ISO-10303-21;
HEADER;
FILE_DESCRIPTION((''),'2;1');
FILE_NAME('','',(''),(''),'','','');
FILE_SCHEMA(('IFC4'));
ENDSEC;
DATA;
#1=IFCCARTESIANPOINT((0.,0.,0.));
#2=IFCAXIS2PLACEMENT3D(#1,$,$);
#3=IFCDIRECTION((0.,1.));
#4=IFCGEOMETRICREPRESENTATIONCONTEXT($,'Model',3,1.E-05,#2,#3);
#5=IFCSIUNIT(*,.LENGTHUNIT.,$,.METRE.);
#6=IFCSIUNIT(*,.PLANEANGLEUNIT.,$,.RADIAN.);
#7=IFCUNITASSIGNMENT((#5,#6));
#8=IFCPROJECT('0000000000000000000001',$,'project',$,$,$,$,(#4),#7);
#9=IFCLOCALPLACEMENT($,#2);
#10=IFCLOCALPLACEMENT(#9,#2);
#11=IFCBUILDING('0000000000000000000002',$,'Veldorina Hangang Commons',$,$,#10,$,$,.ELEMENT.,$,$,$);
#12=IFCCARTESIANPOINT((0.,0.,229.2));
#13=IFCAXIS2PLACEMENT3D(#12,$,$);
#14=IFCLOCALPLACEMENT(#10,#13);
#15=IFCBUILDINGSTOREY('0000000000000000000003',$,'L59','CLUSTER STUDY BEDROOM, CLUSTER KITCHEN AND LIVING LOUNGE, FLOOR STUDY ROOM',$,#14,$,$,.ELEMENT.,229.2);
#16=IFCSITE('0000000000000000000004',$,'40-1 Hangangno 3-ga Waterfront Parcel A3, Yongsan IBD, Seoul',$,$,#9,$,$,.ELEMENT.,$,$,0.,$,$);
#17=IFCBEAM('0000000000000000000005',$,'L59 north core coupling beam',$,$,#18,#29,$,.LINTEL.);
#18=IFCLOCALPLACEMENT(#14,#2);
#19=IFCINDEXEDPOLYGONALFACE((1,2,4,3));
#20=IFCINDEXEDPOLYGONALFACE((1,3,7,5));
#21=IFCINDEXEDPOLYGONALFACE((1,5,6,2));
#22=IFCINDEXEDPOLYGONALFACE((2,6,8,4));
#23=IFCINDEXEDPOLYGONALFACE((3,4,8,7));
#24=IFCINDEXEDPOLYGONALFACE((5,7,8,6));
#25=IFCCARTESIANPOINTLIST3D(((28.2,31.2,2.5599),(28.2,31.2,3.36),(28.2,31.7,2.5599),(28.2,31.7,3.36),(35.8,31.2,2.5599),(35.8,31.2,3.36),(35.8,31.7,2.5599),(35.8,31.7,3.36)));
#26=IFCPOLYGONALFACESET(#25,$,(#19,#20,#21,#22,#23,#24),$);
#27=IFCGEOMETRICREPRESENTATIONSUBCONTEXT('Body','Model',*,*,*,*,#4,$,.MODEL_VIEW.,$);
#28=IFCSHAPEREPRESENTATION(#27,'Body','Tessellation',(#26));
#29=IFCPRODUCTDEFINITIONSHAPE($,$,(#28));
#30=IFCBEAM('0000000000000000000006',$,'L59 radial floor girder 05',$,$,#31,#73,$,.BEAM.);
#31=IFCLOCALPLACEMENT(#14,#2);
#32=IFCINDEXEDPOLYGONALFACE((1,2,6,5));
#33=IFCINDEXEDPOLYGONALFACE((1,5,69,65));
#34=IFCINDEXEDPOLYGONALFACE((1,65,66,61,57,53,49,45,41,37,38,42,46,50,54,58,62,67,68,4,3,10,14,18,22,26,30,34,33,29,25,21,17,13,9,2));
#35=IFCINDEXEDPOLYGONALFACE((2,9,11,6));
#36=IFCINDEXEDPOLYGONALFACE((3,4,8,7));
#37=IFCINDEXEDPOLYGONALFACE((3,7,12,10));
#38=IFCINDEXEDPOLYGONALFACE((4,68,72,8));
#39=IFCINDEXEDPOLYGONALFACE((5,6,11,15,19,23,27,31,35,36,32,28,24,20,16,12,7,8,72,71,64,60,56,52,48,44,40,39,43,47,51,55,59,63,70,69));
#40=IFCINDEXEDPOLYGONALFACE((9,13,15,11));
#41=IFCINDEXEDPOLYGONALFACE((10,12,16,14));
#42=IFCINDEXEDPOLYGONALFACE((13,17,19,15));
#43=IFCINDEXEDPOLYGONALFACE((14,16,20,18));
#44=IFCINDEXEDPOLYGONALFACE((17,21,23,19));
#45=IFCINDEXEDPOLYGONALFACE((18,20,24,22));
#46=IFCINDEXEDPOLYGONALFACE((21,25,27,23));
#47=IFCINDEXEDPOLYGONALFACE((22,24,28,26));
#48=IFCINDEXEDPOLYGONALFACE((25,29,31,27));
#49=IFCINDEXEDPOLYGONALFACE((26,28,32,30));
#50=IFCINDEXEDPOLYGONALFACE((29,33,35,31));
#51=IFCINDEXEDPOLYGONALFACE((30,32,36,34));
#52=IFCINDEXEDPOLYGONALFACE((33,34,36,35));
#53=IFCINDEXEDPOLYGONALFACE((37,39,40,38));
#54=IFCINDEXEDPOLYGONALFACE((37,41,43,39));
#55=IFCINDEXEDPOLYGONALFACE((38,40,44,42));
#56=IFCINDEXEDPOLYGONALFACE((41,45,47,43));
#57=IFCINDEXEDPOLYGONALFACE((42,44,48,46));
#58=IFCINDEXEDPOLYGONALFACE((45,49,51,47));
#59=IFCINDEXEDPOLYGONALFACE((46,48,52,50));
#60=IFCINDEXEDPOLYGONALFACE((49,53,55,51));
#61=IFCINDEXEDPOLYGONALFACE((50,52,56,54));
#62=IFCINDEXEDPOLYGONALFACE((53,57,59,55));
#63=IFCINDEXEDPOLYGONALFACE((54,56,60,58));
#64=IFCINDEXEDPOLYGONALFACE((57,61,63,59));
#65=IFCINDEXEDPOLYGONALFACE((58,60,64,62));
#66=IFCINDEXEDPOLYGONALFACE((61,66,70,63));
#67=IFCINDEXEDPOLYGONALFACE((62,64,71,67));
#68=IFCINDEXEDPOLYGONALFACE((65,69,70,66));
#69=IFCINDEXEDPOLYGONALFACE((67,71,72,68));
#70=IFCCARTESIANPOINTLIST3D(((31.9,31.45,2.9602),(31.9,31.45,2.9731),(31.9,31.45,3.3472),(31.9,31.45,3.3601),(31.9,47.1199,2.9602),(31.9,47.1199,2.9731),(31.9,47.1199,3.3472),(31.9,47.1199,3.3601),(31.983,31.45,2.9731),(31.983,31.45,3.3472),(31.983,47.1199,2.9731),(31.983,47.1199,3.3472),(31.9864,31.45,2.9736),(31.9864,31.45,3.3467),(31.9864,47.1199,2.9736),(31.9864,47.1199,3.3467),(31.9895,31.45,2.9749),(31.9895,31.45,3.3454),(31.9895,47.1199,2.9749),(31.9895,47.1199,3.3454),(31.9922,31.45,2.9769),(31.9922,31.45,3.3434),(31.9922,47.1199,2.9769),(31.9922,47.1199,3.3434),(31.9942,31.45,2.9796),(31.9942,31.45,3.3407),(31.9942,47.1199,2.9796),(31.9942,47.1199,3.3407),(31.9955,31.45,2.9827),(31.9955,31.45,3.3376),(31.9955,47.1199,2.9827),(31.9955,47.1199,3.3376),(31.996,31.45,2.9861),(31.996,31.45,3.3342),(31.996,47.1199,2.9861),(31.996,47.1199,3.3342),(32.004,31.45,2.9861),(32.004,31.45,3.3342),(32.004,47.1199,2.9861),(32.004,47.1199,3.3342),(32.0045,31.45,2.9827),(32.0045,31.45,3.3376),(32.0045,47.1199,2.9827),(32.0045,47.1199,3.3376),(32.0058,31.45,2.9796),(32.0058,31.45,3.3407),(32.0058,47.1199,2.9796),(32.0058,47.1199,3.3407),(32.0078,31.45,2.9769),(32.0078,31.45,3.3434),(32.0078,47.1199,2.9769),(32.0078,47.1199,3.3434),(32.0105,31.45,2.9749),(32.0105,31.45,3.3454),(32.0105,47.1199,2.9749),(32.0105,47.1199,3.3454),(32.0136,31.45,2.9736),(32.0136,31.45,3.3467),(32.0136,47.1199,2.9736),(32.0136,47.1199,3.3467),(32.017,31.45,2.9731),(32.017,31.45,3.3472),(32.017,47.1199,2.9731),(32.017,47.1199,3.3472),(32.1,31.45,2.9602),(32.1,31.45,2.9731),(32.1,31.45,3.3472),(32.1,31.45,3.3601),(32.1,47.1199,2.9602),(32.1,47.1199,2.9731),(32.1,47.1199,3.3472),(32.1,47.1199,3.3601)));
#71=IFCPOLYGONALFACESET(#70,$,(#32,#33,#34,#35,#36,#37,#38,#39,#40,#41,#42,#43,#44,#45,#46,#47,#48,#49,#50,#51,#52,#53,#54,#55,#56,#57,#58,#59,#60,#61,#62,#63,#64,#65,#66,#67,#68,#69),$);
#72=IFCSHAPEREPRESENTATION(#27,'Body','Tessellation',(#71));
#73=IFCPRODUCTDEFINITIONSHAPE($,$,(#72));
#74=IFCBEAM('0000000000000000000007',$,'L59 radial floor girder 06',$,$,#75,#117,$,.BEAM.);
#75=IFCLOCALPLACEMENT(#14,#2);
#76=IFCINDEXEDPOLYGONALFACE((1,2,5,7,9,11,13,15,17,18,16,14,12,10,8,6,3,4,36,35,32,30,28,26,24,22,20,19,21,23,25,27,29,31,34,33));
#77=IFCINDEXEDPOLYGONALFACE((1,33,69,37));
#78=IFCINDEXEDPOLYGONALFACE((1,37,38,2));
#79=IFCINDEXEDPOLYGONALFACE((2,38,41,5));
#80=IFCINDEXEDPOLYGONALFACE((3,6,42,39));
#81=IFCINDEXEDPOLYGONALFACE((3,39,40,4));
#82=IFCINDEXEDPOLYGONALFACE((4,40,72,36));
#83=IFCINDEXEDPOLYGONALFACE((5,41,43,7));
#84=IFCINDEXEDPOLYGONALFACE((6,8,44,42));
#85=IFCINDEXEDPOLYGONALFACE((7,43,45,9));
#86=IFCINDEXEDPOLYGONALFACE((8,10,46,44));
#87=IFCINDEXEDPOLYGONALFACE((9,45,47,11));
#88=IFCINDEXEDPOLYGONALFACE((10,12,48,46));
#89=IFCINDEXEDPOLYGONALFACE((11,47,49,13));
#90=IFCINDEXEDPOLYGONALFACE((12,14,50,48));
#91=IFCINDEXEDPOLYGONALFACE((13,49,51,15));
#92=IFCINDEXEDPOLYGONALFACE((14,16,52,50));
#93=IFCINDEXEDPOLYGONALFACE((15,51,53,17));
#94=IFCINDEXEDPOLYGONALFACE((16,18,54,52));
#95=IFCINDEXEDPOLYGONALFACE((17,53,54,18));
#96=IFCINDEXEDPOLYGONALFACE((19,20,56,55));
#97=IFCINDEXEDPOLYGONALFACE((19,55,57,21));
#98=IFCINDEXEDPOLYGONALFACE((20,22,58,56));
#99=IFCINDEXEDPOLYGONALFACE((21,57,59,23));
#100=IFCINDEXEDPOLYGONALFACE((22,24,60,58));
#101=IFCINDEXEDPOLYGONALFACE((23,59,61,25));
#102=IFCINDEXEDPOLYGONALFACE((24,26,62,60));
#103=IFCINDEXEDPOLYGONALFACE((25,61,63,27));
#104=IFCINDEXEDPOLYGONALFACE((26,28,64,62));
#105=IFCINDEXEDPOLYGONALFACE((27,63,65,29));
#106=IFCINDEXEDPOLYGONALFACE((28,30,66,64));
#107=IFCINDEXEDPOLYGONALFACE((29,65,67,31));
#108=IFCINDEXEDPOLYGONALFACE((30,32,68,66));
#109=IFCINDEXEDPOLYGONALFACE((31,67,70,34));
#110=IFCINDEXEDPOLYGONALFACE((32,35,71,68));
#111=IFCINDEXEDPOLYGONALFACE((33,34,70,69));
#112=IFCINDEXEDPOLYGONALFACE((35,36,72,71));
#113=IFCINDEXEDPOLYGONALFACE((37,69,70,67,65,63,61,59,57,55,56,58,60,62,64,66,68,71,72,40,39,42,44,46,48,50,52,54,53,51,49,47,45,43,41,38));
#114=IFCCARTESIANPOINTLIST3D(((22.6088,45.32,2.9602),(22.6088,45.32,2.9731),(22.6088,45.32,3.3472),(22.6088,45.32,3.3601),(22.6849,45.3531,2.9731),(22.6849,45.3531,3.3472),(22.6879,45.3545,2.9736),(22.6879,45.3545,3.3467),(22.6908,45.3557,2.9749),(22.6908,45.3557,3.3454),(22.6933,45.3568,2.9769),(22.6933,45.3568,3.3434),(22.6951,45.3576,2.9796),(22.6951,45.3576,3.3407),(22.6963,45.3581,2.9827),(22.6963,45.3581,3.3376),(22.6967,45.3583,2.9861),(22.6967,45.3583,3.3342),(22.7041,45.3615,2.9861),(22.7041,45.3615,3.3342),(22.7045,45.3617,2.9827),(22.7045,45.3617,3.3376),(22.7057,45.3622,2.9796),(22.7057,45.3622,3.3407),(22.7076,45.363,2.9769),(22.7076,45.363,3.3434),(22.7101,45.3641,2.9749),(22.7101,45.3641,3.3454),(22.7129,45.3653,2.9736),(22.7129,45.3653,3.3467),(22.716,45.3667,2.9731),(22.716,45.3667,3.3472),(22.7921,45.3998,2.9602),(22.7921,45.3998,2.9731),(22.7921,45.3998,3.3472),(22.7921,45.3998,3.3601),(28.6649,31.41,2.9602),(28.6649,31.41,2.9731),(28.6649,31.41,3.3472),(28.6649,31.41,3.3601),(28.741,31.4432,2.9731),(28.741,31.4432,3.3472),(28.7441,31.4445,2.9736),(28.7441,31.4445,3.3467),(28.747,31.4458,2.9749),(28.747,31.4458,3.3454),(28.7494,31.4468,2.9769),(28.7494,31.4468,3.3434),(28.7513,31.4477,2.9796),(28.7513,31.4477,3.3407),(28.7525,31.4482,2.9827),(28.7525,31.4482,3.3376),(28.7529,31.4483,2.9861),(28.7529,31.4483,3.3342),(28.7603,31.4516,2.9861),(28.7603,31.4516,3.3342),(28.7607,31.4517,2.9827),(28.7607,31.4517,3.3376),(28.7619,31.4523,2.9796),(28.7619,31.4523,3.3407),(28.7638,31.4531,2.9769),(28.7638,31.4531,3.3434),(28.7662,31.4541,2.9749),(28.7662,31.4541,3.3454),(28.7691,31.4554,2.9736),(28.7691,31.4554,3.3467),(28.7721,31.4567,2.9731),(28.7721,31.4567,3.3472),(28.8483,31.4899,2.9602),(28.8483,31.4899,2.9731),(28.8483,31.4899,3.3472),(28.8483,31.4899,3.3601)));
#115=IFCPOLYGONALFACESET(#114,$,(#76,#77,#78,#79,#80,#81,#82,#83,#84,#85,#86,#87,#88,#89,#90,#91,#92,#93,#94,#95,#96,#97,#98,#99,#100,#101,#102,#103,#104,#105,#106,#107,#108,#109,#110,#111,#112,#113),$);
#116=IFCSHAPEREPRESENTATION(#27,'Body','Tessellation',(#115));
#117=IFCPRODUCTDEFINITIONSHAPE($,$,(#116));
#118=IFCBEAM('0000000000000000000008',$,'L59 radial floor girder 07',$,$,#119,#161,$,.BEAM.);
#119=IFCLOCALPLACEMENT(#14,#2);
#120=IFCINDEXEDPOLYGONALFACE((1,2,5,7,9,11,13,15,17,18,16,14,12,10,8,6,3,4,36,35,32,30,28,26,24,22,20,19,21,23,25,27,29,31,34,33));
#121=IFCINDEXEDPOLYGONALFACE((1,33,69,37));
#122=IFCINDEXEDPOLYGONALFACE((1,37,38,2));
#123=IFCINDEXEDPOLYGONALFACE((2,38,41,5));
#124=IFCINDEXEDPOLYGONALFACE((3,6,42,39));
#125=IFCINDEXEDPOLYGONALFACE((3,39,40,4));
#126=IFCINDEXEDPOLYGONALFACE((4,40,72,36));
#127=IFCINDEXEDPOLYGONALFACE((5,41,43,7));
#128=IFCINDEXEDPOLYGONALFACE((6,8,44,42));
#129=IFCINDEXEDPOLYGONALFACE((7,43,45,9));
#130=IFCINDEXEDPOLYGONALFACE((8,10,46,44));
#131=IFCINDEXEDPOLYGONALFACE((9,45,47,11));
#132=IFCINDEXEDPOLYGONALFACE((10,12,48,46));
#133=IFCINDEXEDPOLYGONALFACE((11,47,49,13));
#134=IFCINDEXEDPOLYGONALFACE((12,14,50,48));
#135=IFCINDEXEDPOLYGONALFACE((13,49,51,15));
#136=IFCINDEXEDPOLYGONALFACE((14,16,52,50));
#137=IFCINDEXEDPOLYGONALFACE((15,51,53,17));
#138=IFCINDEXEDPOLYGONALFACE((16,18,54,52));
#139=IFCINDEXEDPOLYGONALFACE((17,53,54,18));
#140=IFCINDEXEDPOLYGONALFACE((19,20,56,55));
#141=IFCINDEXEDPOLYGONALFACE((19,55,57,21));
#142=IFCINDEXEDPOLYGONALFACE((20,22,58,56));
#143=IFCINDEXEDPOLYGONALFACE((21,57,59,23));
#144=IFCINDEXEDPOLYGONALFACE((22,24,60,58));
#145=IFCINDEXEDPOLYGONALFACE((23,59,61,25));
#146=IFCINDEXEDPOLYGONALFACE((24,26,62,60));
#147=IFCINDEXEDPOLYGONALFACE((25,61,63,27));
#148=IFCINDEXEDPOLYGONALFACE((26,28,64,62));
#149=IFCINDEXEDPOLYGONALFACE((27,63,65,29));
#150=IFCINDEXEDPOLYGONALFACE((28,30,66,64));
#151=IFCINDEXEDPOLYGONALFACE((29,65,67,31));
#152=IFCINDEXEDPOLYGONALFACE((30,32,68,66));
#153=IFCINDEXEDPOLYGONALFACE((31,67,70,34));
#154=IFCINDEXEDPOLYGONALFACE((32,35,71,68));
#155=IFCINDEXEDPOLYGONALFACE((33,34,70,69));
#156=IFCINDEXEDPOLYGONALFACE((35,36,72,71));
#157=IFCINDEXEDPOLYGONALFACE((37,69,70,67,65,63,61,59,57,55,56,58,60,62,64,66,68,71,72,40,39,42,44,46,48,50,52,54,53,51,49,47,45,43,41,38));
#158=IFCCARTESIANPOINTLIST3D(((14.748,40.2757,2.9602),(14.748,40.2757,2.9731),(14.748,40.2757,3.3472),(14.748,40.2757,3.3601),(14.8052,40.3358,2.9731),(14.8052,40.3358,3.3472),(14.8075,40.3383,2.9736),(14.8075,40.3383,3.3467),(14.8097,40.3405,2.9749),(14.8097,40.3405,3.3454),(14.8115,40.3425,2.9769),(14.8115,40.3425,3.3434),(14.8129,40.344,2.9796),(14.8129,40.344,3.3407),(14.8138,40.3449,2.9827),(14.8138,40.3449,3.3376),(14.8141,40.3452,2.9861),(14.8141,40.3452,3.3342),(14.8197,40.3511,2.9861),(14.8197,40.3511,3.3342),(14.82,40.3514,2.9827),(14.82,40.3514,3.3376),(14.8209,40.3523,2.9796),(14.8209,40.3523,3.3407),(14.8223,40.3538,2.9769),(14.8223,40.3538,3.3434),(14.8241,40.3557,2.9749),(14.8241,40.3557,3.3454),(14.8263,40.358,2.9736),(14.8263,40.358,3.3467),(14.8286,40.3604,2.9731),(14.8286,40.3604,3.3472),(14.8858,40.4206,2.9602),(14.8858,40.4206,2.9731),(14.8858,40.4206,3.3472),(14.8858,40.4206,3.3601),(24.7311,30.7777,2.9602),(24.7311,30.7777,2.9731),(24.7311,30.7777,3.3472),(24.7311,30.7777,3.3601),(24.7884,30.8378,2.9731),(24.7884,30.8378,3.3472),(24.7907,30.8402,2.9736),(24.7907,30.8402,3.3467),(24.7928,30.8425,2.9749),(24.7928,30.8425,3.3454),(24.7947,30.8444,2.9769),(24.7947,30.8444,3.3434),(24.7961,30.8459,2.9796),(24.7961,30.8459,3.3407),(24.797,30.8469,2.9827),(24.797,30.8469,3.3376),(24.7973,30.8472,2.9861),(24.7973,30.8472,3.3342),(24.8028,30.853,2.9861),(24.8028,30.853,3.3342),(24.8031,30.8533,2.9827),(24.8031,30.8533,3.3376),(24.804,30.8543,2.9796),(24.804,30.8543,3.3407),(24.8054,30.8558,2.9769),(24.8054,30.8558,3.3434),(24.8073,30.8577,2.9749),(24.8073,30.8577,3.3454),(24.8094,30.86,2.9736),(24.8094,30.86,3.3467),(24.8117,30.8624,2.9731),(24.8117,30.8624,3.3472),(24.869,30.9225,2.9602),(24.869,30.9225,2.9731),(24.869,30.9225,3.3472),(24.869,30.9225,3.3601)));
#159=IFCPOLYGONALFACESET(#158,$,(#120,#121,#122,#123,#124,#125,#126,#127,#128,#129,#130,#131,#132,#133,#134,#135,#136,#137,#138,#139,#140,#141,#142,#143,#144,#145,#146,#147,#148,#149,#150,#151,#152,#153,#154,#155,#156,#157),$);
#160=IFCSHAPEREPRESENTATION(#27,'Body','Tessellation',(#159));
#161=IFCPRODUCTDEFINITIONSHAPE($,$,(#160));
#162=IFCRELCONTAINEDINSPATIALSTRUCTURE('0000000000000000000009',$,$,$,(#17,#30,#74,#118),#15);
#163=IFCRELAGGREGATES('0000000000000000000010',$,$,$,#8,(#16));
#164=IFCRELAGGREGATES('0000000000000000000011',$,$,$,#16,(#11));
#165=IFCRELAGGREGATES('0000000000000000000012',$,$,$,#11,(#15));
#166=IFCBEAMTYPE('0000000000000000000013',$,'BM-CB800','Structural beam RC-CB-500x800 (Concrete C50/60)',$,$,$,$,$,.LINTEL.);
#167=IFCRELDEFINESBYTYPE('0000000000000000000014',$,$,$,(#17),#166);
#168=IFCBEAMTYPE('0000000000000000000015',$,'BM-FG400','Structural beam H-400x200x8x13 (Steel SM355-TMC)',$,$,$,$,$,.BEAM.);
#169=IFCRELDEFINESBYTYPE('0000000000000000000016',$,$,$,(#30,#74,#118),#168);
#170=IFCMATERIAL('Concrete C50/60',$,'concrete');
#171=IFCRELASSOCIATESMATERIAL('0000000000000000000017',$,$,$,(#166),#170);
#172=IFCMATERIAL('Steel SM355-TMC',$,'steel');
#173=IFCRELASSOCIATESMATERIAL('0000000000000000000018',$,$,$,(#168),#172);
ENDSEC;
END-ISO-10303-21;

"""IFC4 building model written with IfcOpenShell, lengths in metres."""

from ifc_helpers import new_model, si_unit, direction, frame, origin, origin_2d, place, context, subcontext, project, spatial, rectangle, i_section, extrude, material, material_profile, profile_set, type_object, element, save


model = new_model("IFC4")

# Units and contexts
model_context = context("Model", 3, precision=1e-05, world=origin(), true_north=direction((0.0, 1.0)))
body_context = subcontext(model_context, "Body", "Model", "MODEL_VIEW")
ifc_project = project(units=[si_unit("LENGTHUNIT", "METRE"), si_unit("PLANEANGLEUNIT", "RADIAN")], contexts=[model_context])

# Site, building, storey
site_placement = place(None, origin())
site = spatial("IfcSite", under=ifc_project, at=site_placement, Name="40-1 Hangangno 3-ga Waterfront Parcel A3, Yongsan IBD, Seoul", CompositionType="ELEMENT", RefElevation=0.0)
building_placement = place(site_placement, origin())
building = spatial("IfcBuilding", under=site, at=building_placement, Name="Veldorina Hangang Commons", CompositionType="ELEMENT")
storey_placement = place(building_placement, frame((0.0, 0.0, 229.2)))
storey = spatial("IfcBuildingStorey", under=building, at=storey_placement, Name="L59", Description="CLUSTER STUDY BEDROOM, CLUSTER KITCHEN AND LIVING LOUNGE, FLOOR STUDY ROOM", CompositionType="ELEMENT", Elevation=229.2)

# Beams
ifc_material_1 = material(Name="Concrete C50/60", Category="concrete")
ifc_material_profile_1 = material_profile(ifc_material_1, rectangle(XDim=0.5, YDim=0.8, at=origin_2d()), Name="RC-CB-500x800")
ifc_profile_set_1 = profile_set([ifc_material_profile_1], Name="Concrete C50/60")
beam_type_1 = type_object("IfcBeamType", Name="BM-CB800", Description="Structural beam RC-CB-500x800 (Concrete C50/60)", PredefinedType="LINTEL", material=ifc_profile_set_1)
beam_1_placement = place(storey_placement, frame((28.2, 31.45, 2.96), z_axis=(1.0, 0.0, 0.0), x_axis=(0.0, 1.0, 0.0)))
element("IfcBeam", 1, at=beam_1_placement, inside=storey, type_object=beam_type_1, Name="L59 north core coupling beam", PredefinedType="LINTEL", context=body_context, shape_type="SweptSolid", body=[
    extrude(rectangle(XDim=0.5, YDim=0.8, at=origin_2d()), origin(), (0.0, 0.0, 1.0), 7.6001),
])
ifc_material_2 = material(Name="Steel SM355-TMC", Category="steel")
ifc_material_profile_2 = material_profile(ifc_material_2, i_section(OverallWidth=0.2, OverallDepth=0.3999, WebThickness=0.0081, FlangeThickness=0.0129, FilletRadius=0.0129, at=origin_2d()), Name="H-400x200x8x13")
ifc_profile_set_2 = profile_set([ifc_material_profile_2], Name="Steel SM355-TMC")
beam_type_2 = type_object("IfcBeamType", Name="BM-FG400", Description="Structural beam H-400x200x8x13 (Steel SM355-TMC)", PredefinedType="BEAM", material=ifc_profile_set_2)
beam_2_placement = place(storey_placement, frame((32.0, 31.45, 3.1602), z_axis=(0.0, 1.0, 0.0), x_axis=(-1.0, 0.0, 0.0)))
element("IfcBeam", 2, at=beam_2_placement, inside=storey, type_object=beam_type_2, Name="L59 radial floor girder 05", PredefinedType="BEAM", context=body_context, shape_type="SweptSolid", body=[
    extrude(i_section(OverallWidth=0.2, OverallDepth=0.3999, WebThickness=0.0081, FlangeThickness=0.0129, FilletRadius=0.0129, at=origin_2d()), origin(), (0.0, 0.0, 1.0), 15.6699),
])
beam_3_placement = place(storey_placement, frame((28.7566, 31.45, 3.1602), z_axis=(-0.39919, 0.916868, 0.0), x_axis=(-0.916868, -0.39919, 0.0)))
element("IfcBeam", 3, at=beam_3_placement, inside=storey, type_object=beam_type_2, Name="L59 radial floor girder 06", PredefinedType="BEAM", context=body_context, shape_type="SweptSolid", body=[
    extrude(i_section(OverallWidth=0.2, OverallDepth=0.3999, WebThickness=0.0081, FlangeThickness=0.0129, FilletRadius=0.0129, at=origin_2d()), origin(), (0.0, 0.0, 1.0), 15.1711),
])
beam_4_placement = place(storey_placement, frame((24.8, 30.8501, 3.1602), z_axis=(-0.72449, 0.689285, 0.0), x_axis=(-0.689285, -0.72449, 0.0)))
element("IfcBeam", 4, at=beam_4_placement, inside=storey, type_object=beam_type_2, Name="L59 radial floor girder 07", PredefinedType="BEAM", context=body_context, shape_type="SweptSolid", body=[
    extrude(i_section(OverallWidth=0.2, OverallDepth=0.3999, WebThickness=0.0081, FlangeThickness=0.0129, FilletRadius=0.0129, at=origin_2d()), origin(), (0.0, 0.0, 1.0), 13.7795),
])

save(model, "model.ifc")
